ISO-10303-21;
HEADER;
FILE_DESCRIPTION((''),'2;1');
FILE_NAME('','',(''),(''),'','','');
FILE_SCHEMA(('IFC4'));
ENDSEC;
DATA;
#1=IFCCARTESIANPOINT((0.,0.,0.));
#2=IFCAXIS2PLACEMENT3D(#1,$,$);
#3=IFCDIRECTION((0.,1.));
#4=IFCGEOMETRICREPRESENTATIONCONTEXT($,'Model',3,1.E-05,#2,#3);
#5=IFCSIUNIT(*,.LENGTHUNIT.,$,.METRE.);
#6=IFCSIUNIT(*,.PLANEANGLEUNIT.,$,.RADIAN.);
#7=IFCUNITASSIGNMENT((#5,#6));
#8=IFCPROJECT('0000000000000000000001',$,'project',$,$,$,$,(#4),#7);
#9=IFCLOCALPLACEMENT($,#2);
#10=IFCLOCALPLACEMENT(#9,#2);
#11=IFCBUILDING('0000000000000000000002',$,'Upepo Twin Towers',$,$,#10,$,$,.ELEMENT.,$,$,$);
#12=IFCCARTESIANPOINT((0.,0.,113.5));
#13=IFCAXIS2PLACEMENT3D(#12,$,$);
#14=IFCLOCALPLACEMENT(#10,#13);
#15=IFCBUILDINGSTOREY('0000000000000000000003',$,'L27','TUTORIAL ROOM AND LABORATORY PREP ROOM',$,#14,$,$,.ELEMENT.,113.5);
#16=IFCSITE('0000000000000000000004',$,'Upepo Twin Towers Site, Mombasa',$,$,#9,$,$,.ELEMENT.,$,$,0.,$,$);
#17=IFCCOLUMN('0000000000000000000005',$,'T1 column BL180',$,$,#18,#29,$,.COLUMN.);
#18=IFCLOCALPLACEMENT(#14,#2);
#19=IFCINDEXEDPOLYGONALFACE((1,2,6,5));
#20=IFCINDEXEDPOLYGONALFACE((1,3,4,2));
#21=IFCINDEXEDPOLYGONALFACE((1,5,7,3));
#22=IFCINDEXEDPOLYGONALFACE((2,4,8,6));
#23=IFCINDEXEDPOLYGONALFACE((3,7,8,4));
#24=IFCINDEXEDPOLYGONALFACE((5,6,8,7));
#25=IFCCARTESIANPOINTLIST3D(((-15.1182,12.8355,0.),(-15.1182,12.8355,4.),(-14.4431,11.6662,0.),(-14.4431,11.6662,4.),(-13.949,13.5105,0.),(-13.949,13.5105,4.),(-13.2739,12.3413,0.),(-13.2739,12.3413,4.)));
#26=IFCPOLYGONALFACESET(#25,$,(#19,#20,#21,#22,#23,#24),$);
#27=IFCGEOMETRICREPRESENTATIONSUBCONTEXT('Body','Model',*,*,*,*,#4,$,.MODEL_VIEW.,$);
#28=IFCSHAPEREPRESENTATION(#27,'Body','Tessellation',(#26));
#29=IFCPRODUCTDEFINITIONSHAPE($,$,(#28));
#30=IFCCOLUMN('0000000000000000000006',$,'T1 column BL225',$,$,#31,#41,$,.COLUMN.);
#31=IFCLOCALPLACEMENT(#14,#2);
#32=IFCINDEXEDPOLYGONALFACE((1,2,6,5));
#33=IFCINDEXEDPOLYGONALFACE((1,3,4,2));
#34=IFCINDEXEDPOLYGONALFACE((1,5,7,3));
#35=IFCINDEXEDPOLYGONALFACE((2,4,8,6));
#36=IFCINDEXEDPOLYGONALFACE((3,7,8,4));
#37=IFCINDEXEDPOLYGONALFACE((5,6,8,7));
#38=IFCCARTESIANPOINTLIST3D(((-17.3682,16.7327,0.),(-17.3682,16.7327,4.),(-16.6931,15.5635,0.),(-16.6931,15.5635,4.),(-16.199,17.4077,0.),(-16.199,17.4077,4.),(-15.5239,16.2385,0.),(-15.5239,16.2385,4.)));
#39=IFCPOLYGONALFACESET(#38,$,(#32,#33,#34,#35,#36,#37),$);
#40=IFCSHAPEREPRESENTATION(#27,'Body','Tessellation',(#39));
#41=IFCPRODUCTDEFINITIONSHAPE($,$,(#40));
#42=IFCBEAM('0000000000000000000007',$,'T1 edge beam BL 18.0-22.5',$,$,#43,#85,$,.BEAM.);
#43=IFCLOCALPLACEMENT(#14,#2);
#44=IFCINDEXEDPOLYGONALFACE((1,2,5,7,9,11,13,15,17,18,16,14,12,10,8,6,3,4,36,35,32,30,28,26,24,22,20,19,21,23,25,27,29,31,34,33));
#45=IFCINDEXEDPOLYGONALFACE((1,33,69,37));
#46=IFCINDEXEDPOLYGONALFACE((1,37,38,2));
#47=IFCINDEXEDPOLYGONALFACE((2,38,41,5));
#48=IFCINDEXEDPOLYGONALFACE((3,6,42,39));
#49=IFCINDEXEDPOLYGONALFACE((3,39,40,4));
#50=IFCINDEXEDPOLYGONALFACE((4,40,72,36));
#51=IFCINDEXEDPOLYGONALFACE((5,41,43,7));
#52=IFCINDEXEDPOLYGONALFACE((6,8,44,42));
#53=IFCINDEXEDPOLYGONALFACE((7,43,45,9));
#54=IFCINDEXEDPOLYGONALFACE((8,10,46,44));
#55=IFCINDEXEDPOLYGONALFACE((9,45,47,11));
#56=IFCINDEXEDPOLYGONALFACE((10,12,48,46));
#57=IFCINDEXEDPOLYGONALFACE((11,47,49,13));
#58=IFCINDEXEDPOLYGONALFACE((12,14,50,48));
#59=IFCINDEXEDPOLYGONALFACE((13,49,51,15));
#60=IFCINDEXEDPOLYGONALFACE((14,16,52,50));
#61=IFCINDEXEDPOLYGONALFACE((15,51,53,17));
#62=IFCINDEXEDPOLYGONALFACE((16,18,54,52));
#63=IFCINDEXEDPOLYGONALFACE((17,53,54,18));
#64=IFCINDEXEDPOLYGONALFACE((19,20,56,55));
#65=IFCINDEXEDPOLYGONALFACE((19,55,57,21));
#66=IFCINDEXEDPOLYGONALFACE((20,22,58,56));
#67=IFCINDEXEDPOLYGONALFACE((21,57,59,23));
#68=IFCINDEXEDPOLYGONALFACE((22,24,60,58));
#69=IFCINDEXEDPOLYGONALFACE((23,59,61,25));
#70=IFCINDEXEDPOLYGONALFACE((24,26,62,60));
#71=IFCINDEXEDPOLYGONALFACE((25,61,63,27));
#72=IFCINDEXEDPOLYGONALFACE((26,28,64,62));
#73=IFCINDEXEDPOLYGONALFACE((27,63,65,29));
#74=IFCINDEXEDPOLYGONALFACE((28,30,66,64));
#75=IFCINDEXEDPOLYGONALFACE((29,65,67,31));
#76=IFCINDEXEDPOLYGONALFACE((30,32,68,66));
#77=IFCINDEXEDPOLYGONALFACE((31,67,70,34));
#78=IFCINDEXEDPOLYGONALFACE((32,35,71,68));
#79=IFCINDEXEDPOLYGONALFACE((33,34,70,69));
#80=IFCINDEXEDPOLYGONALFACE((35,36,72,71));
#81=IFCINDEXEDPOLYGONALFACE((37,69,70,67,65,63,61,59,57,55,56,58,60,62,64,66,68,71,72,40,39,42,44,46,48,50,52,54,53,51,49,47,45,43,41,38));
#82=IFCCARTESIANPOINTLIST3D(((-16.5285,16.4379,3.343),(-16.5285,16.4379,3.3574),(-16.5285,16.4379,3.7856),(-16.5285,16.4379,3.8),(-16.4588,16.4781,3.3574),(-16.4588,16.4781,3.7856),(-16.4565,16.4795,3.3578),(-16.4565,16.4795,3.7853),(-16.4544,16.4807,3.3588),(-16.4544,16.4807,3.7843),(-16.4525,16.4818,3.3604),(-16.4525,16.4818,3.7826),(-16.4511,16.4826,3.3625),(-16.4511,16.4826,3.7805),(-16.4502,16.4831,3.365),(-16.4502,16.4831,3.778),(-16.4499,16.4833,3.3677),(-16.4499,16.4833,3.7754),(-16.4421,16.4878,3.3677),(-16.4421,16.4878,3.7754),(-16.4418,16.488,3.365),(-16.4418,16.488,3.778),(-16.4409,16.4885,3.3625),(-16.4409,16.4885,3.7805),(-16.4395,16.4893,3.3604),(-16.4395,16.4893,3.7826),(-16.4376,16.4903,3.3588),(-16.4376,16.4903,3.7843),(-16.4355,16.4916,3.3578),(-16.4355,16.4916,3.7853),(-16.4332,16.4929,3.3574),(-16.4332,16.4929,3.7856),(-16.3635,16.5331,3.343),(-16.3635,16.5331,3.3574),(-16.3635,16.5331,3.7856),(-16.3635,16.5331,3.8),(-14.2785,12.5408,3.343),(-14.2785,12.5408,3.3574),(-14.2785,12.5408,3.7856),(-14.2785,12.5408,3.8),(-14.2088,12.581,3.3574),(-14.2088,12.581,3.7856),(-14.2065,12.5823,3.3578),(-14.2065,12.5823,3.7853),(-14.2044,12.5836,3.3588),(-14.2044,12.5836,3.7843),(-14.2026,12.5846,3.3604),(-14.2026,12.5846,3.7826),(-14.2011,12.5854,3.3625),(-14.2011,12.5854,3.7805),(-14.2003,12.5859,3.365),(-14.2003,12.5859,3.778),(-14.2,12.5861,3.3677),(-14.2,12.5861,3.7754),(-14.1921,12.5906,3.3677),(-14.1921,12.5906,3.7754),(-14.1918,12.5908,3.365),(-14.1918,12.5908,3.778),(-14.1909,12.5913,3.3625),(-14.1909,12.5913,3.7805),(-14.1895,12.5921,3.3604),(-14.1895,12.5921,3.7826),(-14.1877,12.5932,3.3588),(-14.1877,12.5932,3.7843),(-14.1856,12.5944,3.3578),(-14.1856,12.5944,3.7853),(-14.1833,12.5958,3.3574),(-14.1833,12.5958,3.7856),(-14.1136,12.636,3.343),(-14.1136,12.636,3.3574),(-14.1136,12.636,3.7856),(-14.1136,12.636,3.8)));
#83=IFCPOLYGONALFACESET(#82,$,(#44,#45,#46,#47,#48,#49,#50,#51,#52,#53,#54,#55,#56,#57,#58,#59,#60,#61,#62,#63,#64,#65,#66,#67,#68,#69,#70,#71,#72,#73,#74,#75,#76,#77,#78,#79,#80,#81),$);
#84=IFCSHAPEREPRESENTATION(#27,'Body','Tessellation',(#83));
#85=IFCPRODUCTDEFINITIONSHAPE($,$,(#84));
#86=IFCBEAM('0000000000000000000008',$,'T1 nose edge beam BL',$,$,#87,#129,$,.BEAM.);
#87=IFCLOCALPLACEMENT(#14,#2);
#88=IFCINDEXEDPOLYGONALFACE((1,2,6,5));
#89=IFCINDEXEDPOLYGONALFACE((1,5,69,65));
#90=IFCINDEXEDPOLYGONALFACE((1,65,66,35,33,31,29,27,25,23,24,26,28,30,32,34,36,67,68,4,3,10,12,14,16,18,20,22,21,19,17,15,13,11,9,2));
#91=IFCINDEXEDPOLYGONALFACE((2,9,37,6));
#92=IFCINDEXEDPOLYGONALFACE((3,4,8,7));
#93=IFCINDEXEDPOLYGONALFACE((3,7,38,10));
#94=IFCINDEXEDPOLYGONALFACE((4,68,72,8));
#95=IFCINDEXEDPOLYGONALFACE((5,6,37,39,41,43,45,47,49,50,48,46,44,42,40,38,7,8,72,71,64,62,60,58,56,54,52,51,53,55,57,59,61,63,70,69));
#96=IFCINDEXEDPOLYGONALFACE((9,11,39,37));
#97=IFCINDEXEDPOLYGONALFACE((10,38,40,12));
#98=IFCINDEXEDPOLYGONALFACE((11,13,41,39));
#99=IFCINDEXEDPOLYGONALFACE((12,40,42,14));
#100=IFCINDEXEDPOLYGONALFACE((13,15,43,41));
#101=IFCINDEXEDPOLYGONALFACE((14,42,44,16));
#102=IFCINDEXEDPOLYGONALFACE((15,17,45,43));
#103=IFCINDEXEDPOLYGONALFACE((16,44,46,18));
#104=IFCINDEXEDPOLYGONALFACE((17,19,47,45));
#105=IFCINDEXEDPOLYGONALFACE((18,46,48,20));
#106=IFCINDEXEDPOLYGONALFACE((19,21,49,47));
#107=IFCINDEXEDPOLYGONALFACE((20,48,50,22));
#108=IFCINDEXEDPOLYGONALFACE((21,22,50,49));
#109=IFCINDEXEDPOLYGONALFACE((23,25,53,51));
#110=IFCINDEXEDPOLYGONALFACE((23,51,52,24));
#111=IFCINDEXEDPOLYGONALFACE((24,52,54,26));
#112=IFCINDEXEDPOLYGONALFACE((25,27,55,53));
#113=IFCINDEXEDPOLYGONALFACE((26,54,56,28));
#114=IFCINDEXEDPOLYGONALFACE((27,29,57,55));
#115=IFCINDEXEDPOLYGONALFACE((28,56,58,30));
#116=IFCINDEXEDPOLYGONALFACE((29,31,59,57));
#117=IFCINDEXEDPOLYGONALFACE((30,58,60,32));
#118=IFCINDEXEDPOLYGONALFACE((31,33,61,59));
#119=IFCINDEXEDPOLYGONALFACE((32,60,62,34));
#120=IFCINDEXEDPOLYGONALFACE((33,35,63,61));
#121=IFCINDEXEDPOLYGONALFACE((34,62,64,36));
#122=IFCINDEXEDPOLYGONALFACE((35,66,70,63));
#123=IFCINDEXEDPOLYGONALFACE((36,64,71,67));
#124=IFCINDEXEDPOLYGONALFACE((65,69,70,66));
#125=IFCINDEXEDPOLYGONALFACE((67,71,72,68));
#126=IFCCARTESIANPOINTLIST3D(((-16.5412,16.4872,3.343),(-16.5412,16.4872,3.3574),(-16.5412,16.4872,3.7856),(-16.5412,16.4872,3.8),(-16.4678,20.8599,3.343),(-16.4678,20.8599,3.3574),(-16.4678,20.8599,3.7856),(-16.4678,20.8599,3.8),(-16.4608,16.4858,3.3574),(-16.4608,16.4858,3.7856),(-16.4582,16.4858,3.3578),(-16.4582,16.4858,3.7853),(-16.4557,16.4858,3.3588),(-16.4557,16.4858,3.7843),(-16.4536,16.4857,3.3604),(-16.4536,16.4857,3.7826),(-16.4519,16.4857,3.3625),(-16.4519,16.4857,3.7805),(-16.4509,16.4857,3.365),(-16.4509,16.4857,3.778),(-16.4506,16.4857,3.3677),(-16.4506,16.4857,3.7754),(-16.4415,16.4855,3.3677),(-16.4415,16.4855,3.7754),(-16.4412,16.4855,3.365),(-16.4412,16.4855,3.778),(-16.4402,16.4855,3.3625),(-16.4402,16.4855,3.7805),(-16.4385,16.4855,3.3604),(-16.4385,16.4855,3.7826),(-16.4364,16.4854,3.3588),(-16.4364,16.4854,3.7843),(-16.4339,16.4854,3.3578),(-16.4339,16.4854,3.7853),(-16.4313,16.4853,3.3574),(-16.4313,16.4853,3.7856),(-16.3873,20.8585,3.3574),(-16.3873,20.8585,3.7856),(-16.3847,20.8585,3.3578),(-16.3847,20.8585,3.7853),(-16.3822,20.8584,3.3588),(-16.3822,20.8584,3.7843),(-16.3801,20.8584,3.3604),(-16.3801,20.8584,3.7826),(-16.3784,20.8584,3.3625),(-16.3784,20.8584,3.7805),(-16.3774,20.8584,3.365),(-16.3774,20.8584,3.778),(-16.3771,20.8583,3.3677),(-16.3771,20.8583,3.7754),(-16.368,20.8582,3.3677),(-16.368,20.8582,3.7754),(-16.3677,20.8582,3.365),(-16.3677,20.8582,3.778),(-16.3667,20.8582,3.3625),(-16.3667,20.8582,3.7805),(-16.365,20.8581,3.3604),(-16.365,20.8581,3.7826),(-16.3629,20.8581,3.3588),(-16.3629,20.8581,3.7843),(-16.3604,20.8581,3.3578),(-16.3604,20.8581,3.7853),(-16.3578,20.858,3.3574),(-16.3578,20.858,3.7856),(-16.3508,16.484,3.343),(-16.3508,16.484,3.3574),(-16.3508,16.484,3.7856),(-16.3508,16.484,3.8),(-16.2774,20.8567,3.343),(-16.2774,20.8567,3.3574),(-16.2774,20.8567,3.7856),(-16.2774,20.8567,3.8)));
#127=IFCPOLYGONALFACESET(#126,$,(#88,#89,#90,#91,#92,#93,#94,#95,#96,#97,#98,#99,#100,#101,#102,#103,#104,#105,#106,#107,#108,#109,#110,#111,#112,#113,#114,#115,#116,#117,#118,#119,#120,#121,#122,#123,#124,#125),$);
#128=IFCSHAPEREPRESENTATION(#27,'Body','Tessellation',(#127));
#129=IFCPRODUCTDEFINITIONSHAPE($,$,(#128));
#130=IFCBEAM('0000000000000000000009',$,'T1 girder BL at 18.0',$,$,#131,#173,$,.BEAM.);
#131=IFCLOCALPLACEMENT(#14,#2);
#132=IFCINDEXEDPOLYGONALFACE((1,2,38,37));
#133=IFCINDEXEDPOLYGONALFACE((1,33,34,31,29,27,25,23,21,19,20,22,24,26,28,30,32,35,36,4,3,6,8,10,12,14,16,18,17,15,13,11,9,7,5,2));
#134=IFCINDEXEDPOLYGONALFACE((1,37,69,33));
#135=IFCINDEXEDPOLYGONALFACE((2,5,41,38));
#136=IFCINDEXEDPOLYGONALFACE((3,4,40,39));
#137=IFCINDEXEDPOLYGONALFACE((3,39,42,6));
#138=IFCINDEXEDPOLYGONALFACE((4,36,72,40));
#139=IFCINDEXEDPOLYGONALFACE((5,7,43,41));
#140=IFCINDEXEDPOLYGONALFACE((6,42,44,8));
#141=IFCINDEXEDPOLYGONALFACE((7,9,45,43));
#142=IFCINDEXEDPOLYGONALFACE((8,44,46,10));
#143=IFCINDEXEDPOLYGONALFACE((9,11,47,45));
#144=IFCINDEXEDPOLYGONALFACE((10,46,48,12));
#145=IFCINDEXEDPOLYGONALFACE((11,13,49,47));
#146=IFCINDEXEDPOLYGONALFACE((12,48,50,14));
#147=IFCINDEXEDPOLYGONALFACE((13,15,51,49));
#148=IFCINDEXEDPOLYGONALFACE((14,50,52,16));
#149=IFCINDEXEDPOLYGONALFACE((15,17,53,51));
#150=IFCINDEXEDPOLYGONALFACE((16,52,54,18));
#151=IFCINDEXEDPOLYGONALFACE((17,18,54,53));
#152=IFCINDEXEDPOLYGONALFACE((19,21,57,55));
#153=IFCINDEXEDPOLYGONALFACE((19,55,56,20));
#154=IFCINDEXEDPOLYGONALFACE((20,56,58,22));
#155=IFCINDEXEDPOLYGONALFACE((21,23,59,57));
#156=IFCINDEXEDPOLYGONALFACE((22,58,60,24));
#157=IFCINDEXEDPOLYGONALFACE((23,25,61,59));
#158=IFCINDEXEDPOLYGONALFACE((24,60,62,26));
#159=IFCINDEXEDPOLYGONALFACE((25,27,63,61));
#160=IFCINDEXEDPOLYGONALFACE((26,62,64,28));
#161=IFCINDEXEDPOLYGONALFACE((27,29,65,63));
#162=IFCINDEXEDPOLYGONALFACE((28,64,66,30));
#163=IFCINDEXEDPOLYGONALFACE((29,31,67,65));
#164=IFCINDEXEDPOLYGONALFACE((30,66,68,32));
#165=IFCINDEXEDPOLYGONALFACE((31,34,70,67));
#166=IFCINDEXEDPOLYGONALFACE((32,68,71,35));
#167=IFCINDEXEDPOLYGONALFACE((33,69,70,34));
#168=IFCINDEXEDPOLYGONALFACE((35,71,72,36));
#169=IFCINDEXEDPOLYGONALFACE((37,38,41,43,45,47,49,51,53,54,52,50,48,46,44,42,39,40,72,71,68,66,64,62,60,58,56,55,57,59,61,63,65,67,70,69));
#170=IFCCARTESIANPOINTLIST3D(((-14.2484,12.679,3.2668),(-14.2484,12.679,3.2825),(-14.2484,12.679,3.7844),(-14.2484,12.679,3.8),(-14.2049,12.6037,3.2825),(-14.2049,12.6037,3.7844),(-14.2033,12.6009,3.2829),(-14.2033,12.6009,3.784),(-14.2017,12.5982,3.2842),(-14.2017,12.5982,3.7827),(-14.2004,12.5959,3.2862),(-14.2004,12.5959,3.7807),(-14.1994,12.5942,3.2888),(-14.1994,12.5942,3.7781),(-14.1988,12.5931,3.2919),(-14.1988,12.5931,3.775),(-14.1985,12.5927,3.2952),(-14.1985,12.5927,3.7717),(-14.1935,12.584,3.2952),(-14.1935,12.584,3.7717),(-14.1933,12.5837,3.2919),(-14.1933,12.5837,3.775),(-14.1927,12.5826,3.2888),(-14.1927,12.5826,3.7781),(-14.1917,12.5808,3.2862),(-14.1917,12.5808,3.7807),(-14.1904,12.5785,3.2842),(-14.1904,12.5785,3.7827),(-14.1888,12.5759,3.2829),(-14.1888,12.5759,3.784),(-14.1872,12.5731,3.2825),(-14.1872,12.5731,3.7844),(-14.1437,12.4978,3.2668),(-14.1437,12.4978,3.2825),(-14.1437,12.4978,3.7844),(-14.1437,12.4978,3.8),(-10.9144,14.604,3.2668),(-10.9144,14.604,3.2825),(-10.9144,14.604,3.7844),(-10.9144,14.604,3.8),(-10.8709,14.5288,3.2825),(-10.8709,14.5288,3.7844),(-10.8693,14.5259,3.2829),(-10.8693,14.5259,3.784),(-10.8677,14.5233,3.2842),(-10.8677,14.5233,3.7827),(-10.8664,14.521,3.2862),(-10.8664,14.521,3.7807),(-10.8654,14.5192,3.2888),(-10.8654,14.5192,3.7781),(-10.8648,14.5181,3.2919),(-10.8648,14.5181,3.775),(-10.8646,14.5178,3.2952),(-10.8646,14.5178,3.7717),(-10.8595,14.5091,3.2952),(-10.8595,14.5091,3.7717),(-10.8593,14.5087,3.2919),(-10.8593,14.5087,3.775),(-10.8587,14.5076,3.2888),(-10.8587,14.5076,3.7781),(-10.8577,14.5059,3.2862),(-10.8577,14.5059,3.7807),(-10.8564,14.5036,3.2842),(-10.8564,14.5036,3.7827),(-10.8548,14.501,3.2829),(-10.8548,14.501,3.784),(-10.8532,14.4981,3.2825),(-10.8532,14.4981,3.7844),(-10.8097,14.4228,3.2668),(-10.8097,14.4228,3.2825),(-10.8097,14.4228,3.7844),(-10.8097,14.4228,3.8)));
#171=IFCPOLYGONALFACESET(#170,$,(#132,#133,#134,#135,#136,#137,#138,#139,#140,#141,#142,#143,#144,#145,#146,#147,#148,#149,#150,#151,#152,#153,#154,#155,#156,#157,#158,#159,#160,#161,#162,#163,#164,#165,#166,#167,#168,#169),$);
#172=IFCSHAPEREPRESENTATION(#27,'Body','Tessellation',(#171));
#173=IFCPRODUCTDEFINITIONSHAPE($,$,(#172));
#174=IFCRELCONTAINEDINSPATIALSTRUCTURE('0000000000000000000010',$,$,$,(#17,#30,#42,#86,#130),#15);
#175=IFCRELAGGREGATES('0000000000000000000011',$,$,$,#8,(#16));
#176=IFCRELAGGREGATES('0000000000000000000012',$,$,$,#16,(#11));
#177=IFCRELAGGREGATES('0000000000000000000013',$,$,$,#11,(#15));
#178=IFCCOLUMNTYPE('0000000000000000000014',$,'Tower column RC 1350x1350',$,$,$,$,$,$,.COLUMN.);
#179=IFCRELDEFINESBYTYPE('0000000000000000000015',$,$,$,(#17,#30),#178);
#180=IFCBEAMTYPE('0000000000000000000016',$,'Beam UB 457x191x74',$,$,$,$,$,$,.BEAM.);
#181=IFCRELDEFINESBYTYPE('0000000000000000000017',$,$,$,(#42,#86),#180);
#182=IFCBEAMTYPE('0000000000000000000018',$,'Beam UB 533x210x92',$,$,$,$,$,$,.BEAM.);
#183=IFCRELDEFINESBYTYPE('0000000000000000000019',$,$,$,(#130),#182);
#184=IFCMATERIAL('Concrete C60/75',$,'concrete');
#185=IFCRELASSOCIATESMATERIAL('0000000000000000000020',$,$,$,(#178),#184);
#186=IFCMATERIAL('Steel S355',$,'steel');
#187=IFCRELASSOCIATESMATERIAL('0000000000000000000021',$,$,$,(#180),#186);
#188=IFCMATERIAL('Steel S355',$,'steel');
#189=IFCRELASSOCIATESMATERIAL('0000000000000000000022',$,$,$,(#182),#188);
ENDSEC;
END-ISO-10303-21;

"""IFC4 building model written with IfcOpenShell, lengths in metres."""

from ifc_helpers import new_model, si_unit, direction, frame, origin, origin_2d, place, context, subcontext, project, spatial, rectangle, i_section, extrude, material, material_profile, profile_set, type_object, element, save


model = new_model("IFC4")

# Units and contexts
model_context = context("Model", 3, precision=1e-05, world=origin(), true_north=direction((0.0, 1.0)))
body_context = subcontext(model_context, "Body", "Model", "MODEL_VIEW")
ifc_project = project(units=[si_unit("LENGTHUNIT", "METRE"), si_unit("PLANEANGLEUNIT", "RADIAN")], contexts=[model_context])

# Site, building, storey
site_placement = place(None, origin())
site = spatial("IfcSite", under=ifc_project, at=site_placement, Name="Upepo Twin Towers Site, Mombasa", CompositionType="ELEMENT", RefElevation=0.0)
building_placement = place(site_placement, origin())
building = spatial("IfcBuilding", under=site, at=building_placement, Name="Upepo Twin Towers", CompositionType="ELEMENT")
storey_placement = place(building_placement, frame((0.0, 0.0, 113.5)))
storey = spatial("IfcBuildingStorey", under=building, at=storey_placement, Name="L27", Description="TUTORIAL ROOM AND LABORATORY PREP ROOM", CompositionType="ELEMENT", Elevation=113.5)

# Columns
ifc_material_1 = material(Name="Concrete C60/75", Category="concrete")
ifc_material_profile_1 = material_profile(ifc_material_1, rectangle(XDim=1.3501, YDim=1.3501, at=origin_2d()), Name="RC 1350x1350")
ifc_profile_set_1 = profile_set([ifc_material_profile_1], Name="Concrete C60/75")
column_type = type_object("IfcColumnType", Name="Tower column RC 1350x1350", PredefinedType="COLUMN", material=ifc_profile_set_1)
for number, where, z_axis, x_axis, name in (
    (1, (-14.196, 12.5884, 0.0), (0.0, 0.0, 1.0), (0.866025, 0.5, 0.0), "T1 column BL180"),
    (2, (-16.446, 16.4856, 0.0), (0.0, 0.0, 1.0), (0.866025, 0.5, 0.0), "T1 column BL225"),
):
    element("IfcColumn", number, at=place(storey_placement, frame(where, z_axis=z_axis, x_axis=x_axis)), inside=storey, type_object=column_type, Name=name, PredefinedType="COLUMN", context=body_context, shape_type="SweptSolid", body=[
        extrude(rectangle(XDim=1.3501, YDim=1.3501, at=origin_2d()), origin(), (0.0, 0.0, 1.0), 4.0),
    ])

# Beams
ifc_material_2 = material(Name="Steel S355", Category="steel")
ifc_material_profile_2 = material_profile(ifc_material_2, i_section(OverallWidth=0.1904, OverallDepth=0.457, WebThickness=0.009, FlangeThickness=0.0144, FilletRadius=0.0103, at=origin_2d()), Name="UB 457x191x74")
ifc_profile_set_2 = profile_set([ifc_material_profile_2], Name="Steel S355")
beam_type_1 = type_object("IfcBeamType", Name="Beam UB 457x191x74", PredefinedType="BEAM", material=ifc_profile_set_2)
beam_1_placement = place(storey_placement, frame((-14.196, 12.5884, 3.5715), z_axis=(-0.49999, 0.866031, 0.0), x_axis=(-0.866031, -0.49999, 0.0)))
element("IfcBeam", 3, at=beam_1_placement, inside=storey, type_object=beam_type_1, Name="T1 edge beam BL 18.0-22.5", PredefinedType="BEAM", context=body_context, shape_type="SweptSolid", body=[
    extrude(i_section(OverallWidth=0.1904, OverallDepth=0.457, WebThickness=0.009, FlangeThickness=0.0144, FilletRadius=0.0103, at=origin_2d()), origin(), (0.0, 0.0, 1.0), 4.5),
])
beam_2_placement = place(storey_placement, frame((-16.446, 16.4856, 3.5715), z_axis=(0.016804, 0.999859, 0.0), x_axis=(-0.999859, 0.016804, 0.0)))
element("IfcBeam", 4, at=beam_2_placement, inside=storey, type_object=beam_type_1, Name="T1 nose edge beam BL", PredefinedType="BEAM", context=body_context, shape_type="SweptSolid", body=[
    extrude(i_section(OverallWidth=0.1904, OverallDepth=0.457, WebThickness=0.009, FlangeThickness=0.0144, FilletRadius=0.0103, at=origin_2d()), origin(), (0.0, 0.0, 1.0), 4.3733),
])
ifc_material_3 = material(Name="Steel S355", Category="steel")
ifc_material_profile_3 = material_profile(ifc_material_3, i_section(OverallWidth=0.2092, OverallDepth=0.5332, WebThickness=0.01, FlangeThickness=0.0156, FilletRadius=0.0127, at=origin_2d()), Name="UB 533x210x92")
ifc_profile_set_3 = profile_set([ifc_material_profile_3], Name="Steel S355")
beam_type_2 = type_object("IfcBeamType", Name="Beam UB 533x210x92", PredefinedType="BEAM", material=ifc_profile_set_3)
for number, where, z_axis, x_axis, name in (
    (5, (-14.196, 12.5884, 3.5334), (0.866006, 0.500034, 0.0), (-0.500034, 0.866006, 0.0), "T1 girder BL at 18.0"),
):
    element("IfcBeam", number, at=place(storey_placement, frame(where, z_axis=z_axis, x_axis=x_axis)), inside=storey, type_object=beam_type_2, Name=name, PredefinedType="BEAM", context=body_context, shape_type="SweptSolid", body=[
        extrude(i_section(OverallWidth=0.2092, OverallDepth=0.5332, WebThickness=0.01, FlangeThickness=0.0156, FilletRadius=0.0127, at=origin_2d()), origin(), (0.0, 0.0, 1.0), 3.8499),
    ])

save(model, "model.ifc")
